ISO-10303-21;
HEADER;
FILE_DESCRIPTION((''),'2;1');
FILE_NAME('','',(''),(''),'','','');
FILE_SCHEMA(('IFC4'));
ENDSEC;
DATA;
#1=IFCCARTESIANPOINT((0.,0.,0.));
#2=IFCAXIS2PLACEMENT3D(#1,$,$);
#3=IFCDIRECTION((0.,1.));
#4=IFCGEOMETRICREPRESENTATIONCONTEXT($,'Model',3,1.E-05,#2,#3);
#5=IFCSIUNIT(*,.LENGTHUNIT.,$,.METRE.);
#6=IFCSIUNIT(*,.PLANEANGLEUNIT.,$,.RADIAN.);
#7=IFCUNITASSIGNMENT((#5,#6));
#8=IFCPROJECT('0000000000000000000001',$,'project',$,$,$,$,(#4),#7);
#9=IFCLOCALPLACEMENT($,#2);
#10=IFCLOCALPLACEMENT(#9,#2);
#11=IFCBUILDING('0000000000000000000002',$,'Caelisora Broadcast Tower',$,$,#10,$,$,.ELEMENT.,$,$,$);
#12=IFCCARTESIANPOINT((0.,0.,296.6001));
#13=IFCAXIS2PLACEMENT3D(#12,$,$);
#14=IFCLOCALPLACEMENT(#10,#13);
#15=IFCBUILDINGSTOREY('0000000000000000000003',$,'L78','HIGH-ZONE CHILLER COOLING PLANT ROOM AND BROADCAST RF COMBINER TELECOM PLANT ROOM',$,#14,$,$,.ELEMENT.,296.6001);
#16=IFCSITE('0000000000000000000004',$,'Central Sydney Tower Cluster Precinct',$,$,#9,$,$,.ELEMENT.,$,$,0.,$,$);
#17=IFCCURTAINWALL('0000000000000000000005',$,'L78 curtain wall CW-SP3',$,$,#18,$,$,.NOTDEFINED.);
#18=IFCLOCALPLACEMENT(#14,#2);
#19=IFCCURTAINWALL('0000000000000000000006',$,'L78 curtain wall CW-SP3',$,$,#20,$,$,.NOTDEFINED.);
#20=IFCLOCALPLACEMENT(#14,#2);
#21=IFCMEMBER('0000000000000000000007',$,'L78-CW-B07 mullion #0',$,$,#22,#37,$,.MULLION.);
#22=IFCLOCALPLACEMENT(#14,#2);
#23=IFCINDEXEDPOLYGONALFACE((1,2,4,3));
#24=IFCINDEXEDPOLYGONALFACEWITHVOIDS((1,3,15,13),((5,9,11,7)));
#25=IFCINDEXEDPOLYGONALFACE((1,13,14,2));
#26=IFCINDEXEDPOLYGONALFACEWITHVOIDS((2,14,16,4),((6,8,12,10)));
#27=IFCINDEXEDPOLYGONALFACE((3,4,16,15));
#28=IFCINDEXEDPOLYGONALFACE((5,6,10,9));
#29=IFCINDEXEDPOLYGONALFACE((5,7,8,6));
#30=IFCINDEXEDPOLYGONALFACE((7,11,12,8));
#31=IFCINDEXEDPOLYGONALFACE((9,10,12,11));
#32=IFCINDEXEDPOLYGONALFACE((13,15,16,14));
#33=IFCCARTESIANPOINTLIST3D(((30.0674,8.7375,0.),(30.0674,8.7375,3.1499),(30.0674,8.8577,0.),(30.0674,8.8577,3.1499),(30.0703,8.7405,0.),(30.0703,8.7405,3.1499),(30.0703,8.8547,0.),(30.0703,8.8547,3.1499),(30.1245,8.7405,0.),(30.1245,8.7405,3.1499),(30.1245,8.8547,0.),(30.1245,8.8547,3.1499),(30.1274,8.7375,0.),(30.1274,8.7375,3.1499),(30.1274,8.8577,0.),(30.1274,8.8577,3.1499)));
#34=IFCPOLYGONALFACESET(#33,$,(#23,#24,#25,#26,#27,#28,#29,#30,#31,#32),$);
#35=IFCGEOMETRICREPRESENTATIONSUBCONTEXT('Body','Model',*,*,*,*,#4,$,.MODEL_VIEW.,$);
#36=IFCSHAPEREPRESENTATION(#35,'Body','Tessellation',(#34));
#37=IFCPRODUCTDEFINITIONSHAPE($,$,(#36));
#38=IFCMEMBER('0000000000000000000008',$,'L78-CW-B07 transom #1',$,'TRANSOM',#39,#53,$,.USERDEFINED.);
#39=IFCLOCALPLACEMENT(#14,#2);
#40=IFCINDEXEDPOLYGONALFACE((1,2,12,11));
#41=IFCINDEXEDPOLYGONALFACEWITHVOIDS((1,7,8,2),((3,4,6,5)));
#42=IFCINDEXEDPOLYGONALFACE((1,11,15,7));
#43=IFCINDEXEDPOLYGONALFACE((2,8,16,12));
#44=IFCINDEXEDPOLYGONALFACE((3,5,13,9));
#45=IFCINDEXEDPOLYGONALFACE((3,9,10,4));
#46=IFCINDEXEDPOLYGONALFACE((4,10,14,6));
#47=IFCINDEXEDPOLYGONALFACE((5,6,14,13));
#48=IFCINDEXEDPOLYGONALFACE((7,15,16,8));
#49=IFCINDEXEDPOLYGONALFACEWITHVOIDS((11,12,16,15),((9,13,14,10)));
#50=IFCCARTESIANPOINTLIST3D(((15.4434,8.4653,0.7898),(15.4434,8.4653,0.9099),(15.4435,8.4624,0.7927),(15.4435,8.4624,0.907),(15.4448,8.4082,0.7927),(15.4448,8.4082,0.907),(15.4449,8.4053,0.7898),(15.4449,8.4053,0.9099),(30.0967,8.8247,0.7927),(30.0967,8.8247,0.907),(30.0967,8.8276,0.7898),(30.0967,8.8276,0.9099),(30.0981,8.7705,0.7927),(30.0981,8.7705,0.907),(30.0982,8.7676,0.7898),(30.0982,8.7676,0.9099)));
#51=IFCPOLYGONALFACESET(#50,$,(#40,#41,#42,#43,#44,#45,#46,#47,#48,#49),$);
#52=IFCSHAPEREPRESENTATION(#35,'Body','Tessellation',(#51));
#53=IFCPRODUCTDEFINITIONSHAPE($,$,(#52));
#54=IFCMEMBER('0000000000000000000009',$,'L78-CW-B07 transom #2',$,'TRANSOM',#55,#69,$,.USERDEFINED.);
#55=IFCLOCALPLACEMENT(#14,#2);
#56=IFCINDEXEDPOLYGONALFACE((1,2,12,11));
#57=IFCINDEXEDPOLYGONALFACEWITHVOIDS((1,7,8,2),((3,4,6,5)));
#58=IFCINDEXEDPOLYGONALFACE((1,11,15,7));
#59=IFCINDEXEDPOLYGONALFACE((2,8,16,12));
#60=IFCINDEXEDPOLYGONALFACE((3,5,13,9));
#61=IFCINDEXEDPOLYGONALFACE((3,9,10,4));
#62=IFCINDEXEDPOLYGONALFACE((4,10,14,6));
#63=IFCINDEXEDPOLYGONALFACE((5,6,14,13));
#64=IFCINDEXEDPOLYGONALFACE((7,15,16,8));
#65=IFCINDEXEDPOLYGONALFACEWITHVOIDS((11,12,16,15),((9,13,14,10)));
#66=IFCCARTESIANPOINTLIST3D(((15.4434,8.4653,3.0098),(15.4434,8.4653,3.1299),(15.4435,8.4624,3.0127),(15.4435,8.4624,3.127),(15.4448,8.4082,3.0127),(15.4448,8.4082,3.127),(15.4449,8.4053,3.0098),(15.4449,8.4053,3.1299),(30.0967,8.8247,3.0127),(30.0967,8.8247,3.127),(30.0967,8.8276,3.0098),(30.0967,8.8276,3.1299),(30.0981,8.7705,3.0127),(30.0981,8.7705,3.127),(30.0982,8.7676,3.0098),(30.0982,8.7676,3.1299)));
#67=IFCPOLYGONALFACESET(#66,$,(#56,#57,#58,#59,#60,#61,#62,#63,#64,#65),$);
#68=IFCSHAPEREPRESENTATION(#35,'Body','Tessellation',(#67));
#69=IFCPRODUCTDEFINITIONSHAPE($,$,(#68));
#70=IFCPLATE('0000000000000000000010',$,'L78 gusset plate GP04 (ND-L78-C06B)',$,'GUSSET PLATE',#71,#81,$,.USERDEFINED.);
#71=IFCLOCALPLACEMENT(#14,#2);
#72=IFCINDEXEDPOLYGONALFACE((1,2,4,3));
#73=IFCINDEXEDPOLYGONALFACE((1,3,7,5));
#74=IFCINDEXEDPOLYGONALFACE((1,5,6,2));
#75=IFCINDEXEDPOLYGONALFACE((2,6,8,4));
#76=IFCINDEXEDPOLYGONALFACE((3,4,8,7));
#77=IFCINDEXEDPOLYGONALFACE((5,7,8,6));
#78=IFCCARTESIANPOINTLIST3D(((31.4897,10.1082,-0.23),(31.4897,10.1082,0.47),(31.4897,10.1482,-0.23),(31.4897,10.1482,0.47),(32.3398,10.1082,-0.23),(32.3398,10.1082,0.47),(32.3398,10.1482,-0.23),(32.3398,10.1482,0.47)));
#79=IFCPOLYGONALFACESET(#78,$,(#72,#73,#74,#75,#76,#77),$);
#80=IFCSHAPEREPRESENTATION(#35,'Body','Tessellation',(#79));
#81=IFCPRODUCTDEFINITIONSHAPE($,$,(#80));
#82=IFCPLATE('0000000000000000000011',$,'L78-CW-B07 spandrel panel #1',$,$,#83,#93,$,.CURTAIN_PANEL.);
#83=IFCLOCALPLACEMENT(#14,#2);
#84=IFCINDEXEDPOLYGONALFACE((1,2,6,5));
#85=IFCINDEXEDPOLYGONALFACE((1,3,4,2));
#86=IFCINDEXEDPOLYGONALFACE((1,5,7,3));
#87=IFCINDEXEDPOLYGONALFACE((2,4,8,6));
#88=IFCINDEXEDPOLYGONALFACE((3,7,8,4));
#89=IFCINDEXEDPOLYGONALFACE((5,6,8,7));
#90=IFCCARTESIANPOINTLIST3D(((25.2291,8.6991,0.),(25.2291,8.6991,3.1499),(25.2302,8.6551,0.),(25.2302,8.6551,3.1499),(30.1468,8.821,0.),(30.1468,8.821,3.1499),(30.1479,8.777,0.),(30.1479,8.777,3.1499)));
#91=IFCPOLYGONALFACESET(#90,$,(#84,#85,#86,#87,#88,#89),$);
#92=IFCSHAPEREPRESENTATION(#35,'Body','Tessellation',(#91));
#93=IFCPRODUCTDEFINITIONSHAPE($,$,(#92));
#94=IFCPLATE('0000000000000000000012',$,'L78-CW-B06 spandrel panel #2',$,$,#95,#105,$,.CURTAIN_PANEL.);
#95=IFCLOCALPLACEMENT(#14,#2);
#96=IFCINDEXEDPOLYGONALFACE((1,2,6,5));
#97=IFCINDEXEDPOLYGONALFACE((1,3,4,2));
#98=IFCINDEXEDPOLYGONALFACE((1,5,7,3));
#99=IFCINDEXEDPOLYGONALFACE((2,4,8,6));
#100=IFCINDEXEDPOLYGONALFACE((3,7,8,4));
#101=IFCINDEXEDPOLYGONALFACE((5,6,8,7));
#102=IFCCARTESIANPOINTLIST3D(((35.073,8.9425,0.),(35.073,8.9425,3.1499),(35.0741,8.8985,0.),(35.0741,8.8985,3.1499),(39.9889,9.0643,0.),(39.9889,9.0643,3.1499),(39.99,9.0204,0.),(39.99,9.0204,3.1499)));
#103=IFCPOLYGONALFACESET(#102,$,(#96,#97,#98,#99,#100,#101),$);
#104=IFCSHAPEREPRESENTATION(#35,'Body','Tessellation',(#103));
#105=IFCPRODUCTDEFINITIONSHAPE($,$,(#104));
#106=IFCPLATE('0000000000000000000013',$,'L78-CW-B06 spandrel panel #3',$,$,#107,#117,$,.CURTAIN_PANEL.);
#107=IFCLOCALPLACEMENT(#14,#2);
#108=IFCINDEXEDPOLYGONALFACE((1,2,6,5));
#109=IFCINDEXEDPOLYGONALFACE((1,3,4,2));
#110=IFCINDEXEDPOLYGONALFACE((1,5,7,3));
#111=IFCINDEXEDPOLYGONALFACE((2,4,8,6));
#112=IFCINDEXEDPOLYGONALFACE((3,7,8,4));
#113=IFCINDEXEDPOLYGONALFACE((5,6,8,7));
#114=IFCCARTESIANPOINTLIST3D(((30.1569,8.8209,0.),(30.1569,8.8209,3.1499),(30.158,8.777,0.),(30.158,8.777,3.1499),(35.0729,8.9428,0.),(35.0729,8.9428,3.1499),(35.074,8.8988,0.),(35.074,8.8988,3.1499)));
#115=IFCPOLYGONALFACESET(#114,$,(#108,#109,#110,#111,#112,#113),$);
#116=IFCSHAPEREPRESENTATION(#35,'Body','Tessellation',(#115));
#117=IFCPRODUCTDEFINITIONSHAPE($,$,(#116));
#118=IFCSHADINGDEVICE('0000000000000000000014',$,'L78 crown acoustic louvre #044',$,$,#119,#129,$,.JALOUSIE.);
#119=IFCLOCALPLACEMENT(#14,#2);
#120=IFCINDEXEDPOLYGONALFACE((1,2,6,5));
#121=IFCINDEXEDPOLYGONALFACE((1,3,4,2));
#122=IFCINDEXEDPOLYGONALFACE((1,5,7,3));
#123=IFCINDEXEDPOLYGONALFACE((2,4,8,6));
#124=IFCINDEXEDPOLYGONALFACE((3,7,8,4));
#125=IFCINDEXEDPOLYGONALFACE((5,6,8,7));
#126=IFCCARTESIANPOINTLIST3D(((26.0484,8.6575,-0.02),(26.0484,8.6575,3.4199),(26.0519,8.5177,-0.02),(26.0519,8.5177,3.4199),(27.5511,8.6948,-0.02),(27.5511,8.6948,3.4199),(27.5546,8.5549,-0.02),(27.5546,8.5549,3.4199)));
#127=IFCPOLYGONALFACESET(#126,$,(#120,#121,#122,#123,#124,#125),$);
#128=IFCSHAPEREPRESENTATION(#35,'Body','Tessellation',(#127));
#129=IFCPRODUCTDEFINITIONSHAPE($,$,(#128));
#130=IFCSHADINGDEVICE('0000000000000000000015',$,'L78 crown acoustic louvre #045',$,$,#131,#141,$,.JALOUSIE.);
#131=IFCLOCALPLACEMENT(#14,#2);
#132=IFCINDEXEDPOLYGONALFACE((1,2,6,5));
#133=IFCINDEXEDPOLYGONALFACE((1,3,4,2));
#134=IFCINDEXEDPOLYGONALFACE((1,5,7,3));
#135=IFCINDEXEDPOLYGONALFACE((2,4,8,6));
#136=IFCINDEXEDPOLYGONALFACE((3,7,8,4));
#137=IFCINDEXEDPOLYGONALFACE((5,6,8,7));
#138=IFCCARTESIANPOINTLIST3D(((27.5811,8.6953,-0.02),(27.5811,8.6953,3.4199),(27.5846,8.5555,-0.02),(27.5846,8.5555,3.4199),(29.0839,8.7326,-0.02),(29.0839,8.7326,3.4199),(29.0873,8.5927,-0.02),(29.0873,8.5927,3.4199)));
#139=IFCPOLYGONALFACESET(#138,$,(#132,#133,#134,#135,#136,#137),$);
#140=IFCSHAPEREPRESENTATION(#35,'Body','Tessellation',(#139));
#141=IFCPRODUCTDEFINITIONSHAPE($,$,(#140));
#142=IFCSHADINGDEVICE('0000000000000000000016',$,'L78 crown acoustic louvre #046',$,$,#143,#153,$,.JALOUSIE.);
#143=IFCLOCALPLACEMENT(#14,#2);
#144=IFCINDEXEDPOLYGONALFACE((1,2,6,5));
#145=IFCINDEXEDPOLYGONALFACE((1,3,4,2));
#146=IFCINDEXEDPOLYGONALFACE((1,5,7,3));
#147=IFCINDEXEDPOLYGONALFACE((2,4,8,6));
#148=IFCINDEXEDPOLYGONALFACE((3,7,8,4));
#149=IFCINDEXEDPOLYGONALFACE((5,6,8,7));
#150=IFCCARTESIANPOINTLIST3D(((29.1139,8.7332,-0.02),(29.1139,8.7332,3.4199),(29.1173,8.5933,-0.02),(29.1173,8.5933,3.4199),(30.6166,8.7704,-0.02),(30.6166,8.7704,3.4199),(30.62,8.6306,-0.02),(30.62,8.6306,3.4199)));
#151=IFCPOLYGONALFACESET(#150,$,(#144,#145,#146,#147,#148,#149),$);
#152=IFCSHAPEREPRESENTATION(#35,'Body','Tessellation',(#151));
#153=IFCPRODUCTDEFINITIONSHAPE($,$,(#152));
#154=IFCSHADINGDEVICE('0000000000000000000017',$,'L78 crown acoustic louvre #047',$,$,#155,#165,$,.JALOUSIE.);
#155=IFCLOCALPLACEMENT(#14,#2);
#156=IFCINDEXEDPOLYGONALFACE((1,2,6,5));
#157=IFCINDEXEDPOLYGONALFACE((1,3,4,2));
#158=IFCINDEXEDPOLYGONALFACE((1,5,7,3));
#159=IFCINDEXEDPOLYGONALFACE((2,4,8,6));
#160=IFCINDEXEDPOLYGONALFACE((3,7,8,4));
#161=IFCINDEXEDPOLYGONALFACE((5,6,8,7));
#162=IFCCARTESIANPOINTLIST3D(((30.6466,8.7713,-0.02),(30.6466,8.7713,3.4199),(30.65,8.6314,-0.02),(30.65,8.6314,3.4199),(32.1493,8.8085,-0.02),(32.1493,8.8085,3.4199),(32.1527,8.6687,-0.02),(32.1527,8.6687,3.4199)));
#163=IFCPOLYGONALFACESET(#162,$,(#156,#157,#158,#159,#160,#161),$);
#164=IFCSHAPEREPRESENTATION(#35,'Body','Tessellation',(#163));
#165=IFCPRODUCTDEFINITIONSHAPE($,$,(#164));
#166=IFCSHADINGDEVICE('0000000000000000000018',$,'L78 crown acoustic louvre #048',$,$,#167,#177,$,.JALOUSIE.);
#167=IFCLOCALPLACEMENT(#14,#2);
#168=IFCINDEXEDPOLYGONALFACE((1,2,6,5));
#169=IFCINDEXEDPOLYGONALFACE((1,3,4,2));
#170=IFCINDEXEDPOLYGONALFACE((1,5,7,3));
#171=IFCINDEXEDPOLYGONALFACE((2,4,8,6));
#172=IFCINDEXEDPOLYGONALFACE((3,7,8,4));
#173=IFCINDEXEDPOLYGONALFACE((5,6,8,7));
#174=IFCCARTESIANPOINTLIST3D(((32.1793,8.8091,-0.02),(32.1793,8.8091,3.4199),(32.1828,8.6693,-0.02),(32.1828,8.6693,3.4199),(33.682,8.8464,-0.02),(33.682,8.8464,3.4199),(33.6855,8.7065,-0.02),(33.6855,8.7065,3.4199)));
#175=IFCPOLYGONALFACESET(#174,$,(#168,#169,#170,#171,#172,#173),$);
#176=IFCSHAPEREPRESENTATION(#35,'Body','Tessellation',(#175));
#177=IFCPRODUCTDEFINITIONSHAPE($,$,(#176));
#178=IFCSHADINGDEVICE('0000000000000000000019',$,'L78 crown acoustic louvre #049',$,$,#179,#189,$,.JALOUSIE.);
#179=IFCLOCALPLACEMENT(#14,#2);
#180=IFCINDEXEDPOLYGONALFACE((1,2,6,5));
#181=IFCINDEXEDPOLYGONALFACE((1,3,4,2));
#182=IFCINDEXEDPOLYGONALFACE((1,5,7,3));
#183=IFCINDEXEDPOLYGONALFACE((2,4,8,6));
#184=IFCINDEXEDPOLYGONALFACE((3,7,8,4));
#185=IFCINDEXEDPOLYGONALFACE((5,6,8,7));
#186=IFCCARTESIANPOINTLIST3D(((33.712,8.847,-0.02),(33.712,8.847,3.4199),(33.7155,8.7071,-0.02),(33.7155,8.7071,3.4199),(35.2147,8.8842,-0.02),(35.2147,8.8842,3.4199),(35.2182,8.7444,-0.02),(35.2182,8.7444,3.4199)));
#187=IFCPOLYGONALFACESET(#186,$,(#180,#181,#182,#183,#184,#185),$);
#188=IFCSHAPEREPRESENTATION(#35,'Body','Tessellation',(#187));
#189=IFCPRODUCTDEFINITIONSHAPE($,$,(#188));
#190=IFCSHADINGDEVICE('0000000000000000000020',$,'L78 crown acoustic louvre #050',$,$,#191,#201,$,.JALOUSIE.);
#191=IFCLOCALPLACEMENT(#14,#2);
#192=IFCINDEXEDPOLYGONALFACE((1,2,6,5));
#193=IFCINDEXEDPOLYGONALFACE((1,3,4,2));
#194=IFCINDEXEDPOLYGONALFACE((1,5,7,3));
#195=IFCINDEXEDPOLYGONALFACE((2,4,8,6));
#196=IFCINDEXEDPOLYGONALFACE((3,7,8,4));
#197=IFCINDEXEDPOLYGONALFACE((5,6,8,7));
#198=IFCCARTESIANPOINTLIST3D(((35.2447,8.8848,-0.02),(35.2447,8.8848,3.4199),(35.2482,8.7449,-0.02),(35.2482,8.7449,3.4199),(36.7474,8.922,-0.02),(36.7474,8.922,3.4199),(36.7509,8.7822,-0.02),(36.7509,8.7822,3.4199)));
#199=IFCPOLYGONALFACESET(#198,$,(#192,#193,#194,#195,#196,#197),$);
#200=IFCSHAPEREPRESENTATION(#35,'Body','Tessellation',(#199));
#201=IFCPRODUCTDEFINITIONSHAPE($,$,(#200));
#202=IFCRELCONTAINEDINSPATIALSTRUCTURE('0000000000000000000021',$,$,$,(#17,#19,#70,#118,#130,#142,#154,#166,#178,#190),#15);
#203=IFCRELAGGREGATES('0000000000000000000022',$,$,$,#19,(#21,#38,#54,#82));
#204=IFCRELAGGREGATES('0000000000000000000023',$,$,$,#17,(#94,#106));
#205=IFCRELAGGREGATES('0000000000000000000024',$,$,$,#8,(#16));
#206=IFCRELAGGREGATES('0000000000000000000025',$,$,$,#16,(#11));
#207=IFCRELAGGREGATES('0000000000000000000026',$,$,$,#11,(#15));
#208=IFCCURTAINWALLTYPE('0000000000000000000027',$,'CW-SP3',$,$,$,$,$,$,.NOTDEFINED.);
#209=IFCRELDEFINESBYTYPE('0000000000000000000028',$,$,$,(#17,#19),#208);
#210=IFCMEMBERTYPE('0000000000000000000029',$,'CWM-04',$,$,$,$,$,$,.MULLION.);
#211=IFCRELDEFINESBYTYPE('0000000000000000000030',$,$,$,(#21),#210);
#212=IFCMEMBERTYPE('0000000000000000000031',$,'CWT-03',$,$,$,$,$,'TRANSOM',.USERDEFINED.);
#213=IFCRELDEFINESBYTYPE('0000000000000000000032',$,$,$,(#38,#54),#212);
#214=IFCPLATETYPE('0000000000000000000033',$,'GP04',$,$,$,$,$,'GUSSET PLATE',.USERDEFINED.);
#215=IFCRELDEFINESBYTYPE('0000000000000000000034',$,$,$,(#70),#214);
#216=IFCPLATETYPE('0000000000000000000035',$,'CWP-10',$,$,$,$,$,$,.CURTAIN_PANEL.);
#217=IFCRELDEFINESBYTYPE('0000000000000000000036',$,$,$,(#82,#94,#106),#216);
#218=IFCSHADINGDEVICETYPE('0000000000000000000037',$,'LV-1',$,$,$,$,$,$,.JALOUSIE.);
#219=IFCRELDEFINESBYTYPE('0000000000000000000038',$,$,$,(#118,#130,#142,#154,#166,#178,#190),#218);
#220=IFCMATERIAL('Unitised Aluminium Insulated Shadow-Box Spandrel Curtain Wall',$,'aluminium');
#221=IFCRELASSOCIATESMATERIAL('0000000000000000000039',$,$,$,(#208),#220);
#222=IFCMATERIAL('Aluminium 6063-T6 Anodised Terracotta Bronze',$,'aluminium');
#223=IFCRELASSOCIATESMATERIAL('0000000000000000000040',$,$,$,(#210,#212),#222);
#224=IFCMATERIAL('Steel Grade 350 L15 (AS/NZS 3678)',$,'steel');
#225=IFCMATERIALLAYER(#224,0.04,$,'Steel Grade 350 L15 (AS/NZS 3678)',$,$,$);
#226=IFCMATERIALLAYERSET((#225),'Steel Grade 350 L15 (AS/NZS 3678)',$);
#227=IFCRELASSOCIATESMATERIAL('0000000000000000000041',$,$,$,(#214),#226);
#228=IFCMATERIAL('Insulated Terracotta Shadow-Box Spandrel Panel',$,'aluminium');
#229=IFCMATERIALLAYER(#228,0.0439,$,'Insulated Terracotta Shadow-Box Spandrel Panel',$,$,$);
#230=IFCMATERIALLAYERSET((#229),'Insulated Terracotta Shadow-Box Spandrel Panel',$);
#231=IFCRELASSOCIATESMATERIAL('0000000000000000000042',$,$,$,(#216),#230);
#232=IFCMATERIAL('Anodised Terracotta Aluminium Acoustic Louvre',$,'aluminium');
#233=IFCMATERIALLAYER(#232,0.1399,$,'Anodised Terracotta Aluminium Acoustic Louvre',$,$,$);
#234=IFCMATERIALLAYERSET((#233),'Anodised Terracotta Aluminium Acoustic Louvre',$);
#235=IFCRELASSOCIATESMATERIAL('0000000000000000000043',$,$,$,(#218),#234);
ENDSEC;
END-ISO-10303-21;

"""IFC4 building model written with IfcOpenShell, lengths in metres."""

from ifc_helpers import new_model, si_unit, direction, frame, origin, origin_2d, place, context, subcontext, project, spatial, rectangle, hollow_rectangle, extrude, source, transform, mapped, material, layer, layer_set, material_profile, profile_set, type_object, type_shapes, element, aggregate, save


model = new_model("IFC4")

# Units and contexts
model_context = context("Model", 3, precision=1e-05, world=origin(), true_north=direction((0.0, 1.0)))
body_context = subcontext(model_context, "Body", "Model", "MODEL_VIEW")
ifc_project = project(units=[si_unit("LENGTHUNIT", "METRE"), si_unit("PLANEANGLEUNIT", "RADIAN")], contexts=[model_context])

# Site, building, storey
site_placement = place(None, origin())
site = spatial("IfcSite", under=ifc_project, at=site_placement, Name="Central Sydney Tower Cluster Precinct", CompositionType="ELEMENT", RefElevation=0.0)
building_placement = place(site_placement, origin())
building = spatial("IfcBuilding", under=site, at=building_placement, Name="Caelisora Broadcast Tower", CompositionType="ELEMENT")
storey_placement = place(building_placement, frame((0.0, 0.0, 296.6001)))
storey = spatial("IfcBuildingStorey", under=building, at=storey_placement, Name="L78", Description="HIGH-ZONE CHILLER COOLING PLANT ROOM AND BROADCAST RF COMBINER TELECOM PLANT ROOM", CompositionType="ELEMENT", Elevation=296.6001)

# Curtain walls, members
ifc_material_1 = material(Name="Unitised Aluminium Insulated Shadow-Box Spandrel Curtain Wall", Category="aluminium")
curtain_wall_type = type_object("IfcCurtainWallType", Name="CW-SP3", PredefinedType="NOTDEFINED", material=ifc_material_1)
curtain_wall_1_placement = place(storey_placement, origin())
curtain_wall_1 = element("IfcCurtainWall", 1, at=curtain_wall_1_placement, inside=storey, type_object=curtain_wall_type, Name="L78 curtain wall CW-SP3", PredefinedType="NOTDEFINED")
ifc_material_2 = material(Name="Aluminium 6063-T6 Anodised Terracotta Bronze", Category="aluminium")
ifc_material_profile_1 = material_profile(ifc_material_2, hollow_rectangle(XDim=0.0601, YDim=0.1201, WallThickness=0.0029, at=origin_2d()), Name="Aluminium 6063-T6 Anodised Terracotta Bronze")
ifc_profile_set_1 = profile_set([ifc_material_profile_1], Name="Aluminium 6063-T6 Anodised Terracotta Bronze")
member_type_1 = type_object("IfcMemberType", Name="CWM-04", PredefinedType="MULLION", material=ifc_profile_set_1)
shared_shape_1 = source(origin(), body_context, "Body", "SweptSolid", [
    extrude(hollow_rectangle(XDim=0.0601, YDim=0.1201, WallThickness=0.0029, at=origin_2d()), origin(), (0.0, 0.0, 1.0), 3.1499),
])
type_shapes(member_type_1, [shared_shape_1])
curtain_wall_2_placement = place(storey_placement, origin())
curtain_wall_2 = element("IfcCurtainWall", 2, at=curtain_wall_2_placement, inside=storey, type_object=curtain_wall_type, Name="L78 curtain wall CW-SP3", PredefinedType="NOTDEFINED")
member_1_placement = place(storey_placement, frame((30.0974, 8.7976, 0.0), z_axis=(0.0, 0.0, 1.0), x_axis=(1.0, 0.0, 0.0)))
member_1 = element("IfcMember", 3, at=member_1_placement, type_object=member_type_1, Name="L78-CW-B07 mullion #0", PredefinedType="MULLION", context=body_context, shape_type="MappedRepresentation", body=[
    mapped(shared_shape_1, transform((0.0, 0.0, 0.0), scale=1.0)),
])
ifc_material_profile_2 = material_profile(ifc_material_2, hollow_rectangle(XDim=0.0601, YDim=0.1201, WallThickness=0.0029, at=origin_2d()), Name="Aluminium 6063-T6 Anodised Terracotta Bronze")
ifc_profile_set_2 = profile_set([ifc_material_profile_2], Name="Aluminium 6063-T6 Anodised Terracotta Bronze")
member_type_2 = type_object("IfcMemberType", Name="CWT-03", ElementType="TRANSOM", PredefinedType="USERDEFINED", material=ifc_profile_set_2)
shared_shape_2 = source(origin(), body_context, "Body", "SweptSolid", [
    extrude(hollow_rectangle(XDim=0.0601, YDim=0.1201, WallThickness=0.0029, at=origin_2d()), origin(), (0.0, 0.0, 1.0), 14.6577),
])
type_shapes(member_type_2, [shared_shape_2])
member_2_placement = place(storey_placement, frame((30.0974, 8.7976, 0.8499), z_axis=(-0.999694, -0.024718, 0.0), x_axis=(0.024718, -0.999694, 0.0)))
member_2 = element("IfcMember", 4, at=member_2_placement, type_object=member_type_2, Name="L78-CW-B07 transom #1", ObjectType="TRANSOM", PredefinedType="USERDEFINED", context=body_context, shape_type="MappedRepresentation", body=[
    mapped(shared_shape_2, transform((0.0, 0.0, 0.0), scale=1.0)),
])
member_3_placement = place(storey_placement, frame((30.0974, 8.7976, 3.0698), z_axis=(-0.999694, -0.024718, 0.0), x_axis=(0.024718, -0.999694, 0.0)))
member_3 = element("IfcMember", 5, at=member_3_placement, type_object=member_type_2, Name="L78-CW-B07 transom #2", ObjectType="TRANSOM", PredefinedType="USERDEFINED", context=body_context, shape_type="MappedRepresentation", body=[
    mapped(shared_shape_2, transform((0.0, 0.0, 0.0), scale=1.0)),
])

# Plates
ifc_material_3 = material(Name="Steel Grade 350 L15 (AS/NZS 3678)", Category="steel")
ifc_layer_1 = layer(ifc_material_3, 0.04, Name="Steel Grade 350 L15 (AS/NZS 3678)")
ifc_layer_set_1 = layer_set([ifc_layer_1], Name="Steel Grade 350 L15 (AS/NZS 3678)")
plate_type_1 = type_object("IfcPlateType", Name="GP04", ElementType="GUSSET PLATE", PredefinedType="USERDEFINED", material=ifc_layer_set_1)
shared_shape_3 = source(origin(), body_context, "Body", "SweptSolid", [
    extrude(rectangle(XDim=0.8501, YDim=0.04, at=origin_2d()), origin(), (0.0, 0.0, 1.0), 0.7),
])
type_shapes(plate_type_1, [shared_shape_3])
plate_1_placement = place(storey_placement, frame((31.9148, 10.1282, -0.23), z_axis=(0.0, 0.0, 1.0), x_axis=(1.0, 0.0, 0.0)))
element("IfcPlate", 6, at=plate_1_placement, inside=storey, type_object=plate_type_1, Name="L78 gusset plate GP04 (ND-L78-C06B)", ObjectType="GUSSET PLATE", PredefinedType="USERDEFINED", context=body_context, shape_type="MappedRepresentation", body=[
    mapped(shared_shape_3, transform((0.0, 0.0, 0.0), scale=1.0)),
])
ifc_material_4 = material(Name="Insulated Terracotta Shadow-Box Spandrel Panel", Category="aluminium")
ifc_layer_2 = layer(ifc_material_4, 0.0439, Name="Insulated Terracotta Shadow-Box Spandrel Panel")
ifc_layer_set_2 = layer_set([ifc_layer_2], Name="Insulated Terracotta Shadow-Box Spandrel Panel")
plate_type_2 = type_object("IfcPlateType", Name="CWP-10", PredefinedType="CURTAIN_PANEL", material=ifc_layer_set_2)
shared_shape_4 = source(origin(), body_context, "Body", "SweptSolid", [
    extrude(rectangle(XDim=4.9192, YDim=0.0439, at=origin_2d()), origin(), (0.0, 0.0, 1.0), 3.1499),
])
plate_2_placement = place(storey_placement, frame((27.6885, 8.738, 0.0), z_axis=(0.0, 0.0, 1.0), x_axis=(-0.999693, -0.024781, 0.0)))
plate_2 = element("IfcPlate", 7, at=plate_2_placement, type_object=plate_type_2, Name="L78-CW-B07 spandrel panel #1", PredefinedType="CURTAIN_PANEL", context=body_context, shape_type="MappedRepresentation", body=[
    mapped(shared_shape_4, transform((0.0, 0.0, 0.0), scale=1.0)),
])
aggregate(curtain_wall_2, [member_1, member_2, member_3, plate_2])
shared_shape_5 = source(origin(), body_context, "Body", "SweptSolid", [
    extrude(rectangle(XDim=4.9175, YDim=0.0439, at=origin_2d()), origin(), (0.0, 0.0, 1.0), 3.1499),
])
type_shapes(plate_type_2, [shared_shape_4, shared_shape_5])
plate_3_placement = place(storey_placement, frame((37.5315, 8.9814, 0.0), z_axis=(0.0, 0.0, 1.0), x_axis=(-0.999693, -0.024781, 0.0)))
plate_3 = element("IfcPlate", 8, at=plate_3_placement, type_object=plate_type_2, Name="L78-CW-B06 spandrel panel #2", PredefinedType="CURTAIN_PANEL", context=body_context, shape_type="MappedRepresentation", body=[
    mapped(shared_shape_5, transform((0.0, 0.0, 0.0), scale=1.0)),
])
plate_4_placement = place(storey_placement, frame((32.6155, 8.8599, 0.0), z_axis=(0.0, 0.0, 1.0), x_axis=(-0.999693, -0.024781, 0.0)))
plate_4 = element("IfcPlate", 9, at=plate_4_placement, type_object=plate_type_2, Name="L78-CW-B06 spandrel panel #3", PredefinedType="CURTAIN_PANEL", context=body_context, shape_type="MappedRepresentation", body=[
    mapped(shared_shape_5, transform((0.0, 0.0, 0.0), scale=1.0)),
])
aggregate(curtain_wall_1, [plate_3, plate_4])

# Shading devices
ifc_material_5 = material(Name="Anodised Terracotta Aluminium Acoustic Louvre", Category="aluminium")
ifc_layer_3 = layer(ifc_material_5, 0.1399, Name="Anodised Terracotta Aluminium Acoustic Louvre")
ifc_layer_set_3 = layer_set([ifc_layer_3], Name="Anodised Terracotta Aluminium Acoustic Louvre")
shading_device_type = type_object("IfcShadingDeviceType", Name="LV-1", PredefinedType="JALOUSIE", material=ifc_layer_set_3)
shared_shape_6 = source(origin(), body_context, "Body", "SweptSolid", [
    extrude(rectangle(XDim=1.5032, YDim=0.1399, at=origin_2d()), origin(), (0.0, 0.0, 1.0), 3.4399),
])
type_shapes(shading_device_type, [shared_shape_6])
for number, where, z_axis, x_axis, name in (
    (10, (26.8015, 8.6062, -0.02), (0.0, 0.0, 1.0), (0.999693, 0.024781, 0.0), "L78 crown acoustic louvre #044"),
    (11, (28.3342, 8.644, -0.02), (0.0, 0.0, 1.0), (0.999693, 0.024781, 0.0), "L78 crown acoustic louvre #045"),
    (12, (29.8669, 8.6819, -0.02), (0.0, 0.0, 1.0), (0.999693, 0.024781, 0.0), "L78 crown acoustic louvre #046"),
    (13, (31.3997, 8.72, -0.02), (0.0, 0.0, 1.0), (0.999693, 0.024781, 0.0), "L78 crown acoustic louvre #047"),
    (14, (32.9324, 8.7578, -0.02), (0.0, 0.0, 1.0), (0.999693, 0.024781, 0.0), "L78 crown acoustic louvre #048"),
    (15, (34.4651, 8.7957, -0.02), (0.0, 0.0, 1.0), (0.999693, 0.024781, 0.0), "L78 crown acoustic louvre #049"),
    (16, (35.9978, 8.8335, -0.02), (0.0, 0.0, 1.0), (0.999693, 0.024781, 0.0), "L78 crown acoustic louvre #050"),
):
    element("IfcShadingDevice", number, at=place(storey_placement, frame(where, z_axis=z_axis, x_axis=x_axis)), inside=storey, type_object=shading_device_type, Name=name, PredefinedType="JALOUSIE", context=body_context, shape_type="MappedRepresentation", body=[
        mapped(shared_shape_6, transform((0.0, 0.0, 0.0), scale=1.0)),
    ])

save(model, "model.ifc")
